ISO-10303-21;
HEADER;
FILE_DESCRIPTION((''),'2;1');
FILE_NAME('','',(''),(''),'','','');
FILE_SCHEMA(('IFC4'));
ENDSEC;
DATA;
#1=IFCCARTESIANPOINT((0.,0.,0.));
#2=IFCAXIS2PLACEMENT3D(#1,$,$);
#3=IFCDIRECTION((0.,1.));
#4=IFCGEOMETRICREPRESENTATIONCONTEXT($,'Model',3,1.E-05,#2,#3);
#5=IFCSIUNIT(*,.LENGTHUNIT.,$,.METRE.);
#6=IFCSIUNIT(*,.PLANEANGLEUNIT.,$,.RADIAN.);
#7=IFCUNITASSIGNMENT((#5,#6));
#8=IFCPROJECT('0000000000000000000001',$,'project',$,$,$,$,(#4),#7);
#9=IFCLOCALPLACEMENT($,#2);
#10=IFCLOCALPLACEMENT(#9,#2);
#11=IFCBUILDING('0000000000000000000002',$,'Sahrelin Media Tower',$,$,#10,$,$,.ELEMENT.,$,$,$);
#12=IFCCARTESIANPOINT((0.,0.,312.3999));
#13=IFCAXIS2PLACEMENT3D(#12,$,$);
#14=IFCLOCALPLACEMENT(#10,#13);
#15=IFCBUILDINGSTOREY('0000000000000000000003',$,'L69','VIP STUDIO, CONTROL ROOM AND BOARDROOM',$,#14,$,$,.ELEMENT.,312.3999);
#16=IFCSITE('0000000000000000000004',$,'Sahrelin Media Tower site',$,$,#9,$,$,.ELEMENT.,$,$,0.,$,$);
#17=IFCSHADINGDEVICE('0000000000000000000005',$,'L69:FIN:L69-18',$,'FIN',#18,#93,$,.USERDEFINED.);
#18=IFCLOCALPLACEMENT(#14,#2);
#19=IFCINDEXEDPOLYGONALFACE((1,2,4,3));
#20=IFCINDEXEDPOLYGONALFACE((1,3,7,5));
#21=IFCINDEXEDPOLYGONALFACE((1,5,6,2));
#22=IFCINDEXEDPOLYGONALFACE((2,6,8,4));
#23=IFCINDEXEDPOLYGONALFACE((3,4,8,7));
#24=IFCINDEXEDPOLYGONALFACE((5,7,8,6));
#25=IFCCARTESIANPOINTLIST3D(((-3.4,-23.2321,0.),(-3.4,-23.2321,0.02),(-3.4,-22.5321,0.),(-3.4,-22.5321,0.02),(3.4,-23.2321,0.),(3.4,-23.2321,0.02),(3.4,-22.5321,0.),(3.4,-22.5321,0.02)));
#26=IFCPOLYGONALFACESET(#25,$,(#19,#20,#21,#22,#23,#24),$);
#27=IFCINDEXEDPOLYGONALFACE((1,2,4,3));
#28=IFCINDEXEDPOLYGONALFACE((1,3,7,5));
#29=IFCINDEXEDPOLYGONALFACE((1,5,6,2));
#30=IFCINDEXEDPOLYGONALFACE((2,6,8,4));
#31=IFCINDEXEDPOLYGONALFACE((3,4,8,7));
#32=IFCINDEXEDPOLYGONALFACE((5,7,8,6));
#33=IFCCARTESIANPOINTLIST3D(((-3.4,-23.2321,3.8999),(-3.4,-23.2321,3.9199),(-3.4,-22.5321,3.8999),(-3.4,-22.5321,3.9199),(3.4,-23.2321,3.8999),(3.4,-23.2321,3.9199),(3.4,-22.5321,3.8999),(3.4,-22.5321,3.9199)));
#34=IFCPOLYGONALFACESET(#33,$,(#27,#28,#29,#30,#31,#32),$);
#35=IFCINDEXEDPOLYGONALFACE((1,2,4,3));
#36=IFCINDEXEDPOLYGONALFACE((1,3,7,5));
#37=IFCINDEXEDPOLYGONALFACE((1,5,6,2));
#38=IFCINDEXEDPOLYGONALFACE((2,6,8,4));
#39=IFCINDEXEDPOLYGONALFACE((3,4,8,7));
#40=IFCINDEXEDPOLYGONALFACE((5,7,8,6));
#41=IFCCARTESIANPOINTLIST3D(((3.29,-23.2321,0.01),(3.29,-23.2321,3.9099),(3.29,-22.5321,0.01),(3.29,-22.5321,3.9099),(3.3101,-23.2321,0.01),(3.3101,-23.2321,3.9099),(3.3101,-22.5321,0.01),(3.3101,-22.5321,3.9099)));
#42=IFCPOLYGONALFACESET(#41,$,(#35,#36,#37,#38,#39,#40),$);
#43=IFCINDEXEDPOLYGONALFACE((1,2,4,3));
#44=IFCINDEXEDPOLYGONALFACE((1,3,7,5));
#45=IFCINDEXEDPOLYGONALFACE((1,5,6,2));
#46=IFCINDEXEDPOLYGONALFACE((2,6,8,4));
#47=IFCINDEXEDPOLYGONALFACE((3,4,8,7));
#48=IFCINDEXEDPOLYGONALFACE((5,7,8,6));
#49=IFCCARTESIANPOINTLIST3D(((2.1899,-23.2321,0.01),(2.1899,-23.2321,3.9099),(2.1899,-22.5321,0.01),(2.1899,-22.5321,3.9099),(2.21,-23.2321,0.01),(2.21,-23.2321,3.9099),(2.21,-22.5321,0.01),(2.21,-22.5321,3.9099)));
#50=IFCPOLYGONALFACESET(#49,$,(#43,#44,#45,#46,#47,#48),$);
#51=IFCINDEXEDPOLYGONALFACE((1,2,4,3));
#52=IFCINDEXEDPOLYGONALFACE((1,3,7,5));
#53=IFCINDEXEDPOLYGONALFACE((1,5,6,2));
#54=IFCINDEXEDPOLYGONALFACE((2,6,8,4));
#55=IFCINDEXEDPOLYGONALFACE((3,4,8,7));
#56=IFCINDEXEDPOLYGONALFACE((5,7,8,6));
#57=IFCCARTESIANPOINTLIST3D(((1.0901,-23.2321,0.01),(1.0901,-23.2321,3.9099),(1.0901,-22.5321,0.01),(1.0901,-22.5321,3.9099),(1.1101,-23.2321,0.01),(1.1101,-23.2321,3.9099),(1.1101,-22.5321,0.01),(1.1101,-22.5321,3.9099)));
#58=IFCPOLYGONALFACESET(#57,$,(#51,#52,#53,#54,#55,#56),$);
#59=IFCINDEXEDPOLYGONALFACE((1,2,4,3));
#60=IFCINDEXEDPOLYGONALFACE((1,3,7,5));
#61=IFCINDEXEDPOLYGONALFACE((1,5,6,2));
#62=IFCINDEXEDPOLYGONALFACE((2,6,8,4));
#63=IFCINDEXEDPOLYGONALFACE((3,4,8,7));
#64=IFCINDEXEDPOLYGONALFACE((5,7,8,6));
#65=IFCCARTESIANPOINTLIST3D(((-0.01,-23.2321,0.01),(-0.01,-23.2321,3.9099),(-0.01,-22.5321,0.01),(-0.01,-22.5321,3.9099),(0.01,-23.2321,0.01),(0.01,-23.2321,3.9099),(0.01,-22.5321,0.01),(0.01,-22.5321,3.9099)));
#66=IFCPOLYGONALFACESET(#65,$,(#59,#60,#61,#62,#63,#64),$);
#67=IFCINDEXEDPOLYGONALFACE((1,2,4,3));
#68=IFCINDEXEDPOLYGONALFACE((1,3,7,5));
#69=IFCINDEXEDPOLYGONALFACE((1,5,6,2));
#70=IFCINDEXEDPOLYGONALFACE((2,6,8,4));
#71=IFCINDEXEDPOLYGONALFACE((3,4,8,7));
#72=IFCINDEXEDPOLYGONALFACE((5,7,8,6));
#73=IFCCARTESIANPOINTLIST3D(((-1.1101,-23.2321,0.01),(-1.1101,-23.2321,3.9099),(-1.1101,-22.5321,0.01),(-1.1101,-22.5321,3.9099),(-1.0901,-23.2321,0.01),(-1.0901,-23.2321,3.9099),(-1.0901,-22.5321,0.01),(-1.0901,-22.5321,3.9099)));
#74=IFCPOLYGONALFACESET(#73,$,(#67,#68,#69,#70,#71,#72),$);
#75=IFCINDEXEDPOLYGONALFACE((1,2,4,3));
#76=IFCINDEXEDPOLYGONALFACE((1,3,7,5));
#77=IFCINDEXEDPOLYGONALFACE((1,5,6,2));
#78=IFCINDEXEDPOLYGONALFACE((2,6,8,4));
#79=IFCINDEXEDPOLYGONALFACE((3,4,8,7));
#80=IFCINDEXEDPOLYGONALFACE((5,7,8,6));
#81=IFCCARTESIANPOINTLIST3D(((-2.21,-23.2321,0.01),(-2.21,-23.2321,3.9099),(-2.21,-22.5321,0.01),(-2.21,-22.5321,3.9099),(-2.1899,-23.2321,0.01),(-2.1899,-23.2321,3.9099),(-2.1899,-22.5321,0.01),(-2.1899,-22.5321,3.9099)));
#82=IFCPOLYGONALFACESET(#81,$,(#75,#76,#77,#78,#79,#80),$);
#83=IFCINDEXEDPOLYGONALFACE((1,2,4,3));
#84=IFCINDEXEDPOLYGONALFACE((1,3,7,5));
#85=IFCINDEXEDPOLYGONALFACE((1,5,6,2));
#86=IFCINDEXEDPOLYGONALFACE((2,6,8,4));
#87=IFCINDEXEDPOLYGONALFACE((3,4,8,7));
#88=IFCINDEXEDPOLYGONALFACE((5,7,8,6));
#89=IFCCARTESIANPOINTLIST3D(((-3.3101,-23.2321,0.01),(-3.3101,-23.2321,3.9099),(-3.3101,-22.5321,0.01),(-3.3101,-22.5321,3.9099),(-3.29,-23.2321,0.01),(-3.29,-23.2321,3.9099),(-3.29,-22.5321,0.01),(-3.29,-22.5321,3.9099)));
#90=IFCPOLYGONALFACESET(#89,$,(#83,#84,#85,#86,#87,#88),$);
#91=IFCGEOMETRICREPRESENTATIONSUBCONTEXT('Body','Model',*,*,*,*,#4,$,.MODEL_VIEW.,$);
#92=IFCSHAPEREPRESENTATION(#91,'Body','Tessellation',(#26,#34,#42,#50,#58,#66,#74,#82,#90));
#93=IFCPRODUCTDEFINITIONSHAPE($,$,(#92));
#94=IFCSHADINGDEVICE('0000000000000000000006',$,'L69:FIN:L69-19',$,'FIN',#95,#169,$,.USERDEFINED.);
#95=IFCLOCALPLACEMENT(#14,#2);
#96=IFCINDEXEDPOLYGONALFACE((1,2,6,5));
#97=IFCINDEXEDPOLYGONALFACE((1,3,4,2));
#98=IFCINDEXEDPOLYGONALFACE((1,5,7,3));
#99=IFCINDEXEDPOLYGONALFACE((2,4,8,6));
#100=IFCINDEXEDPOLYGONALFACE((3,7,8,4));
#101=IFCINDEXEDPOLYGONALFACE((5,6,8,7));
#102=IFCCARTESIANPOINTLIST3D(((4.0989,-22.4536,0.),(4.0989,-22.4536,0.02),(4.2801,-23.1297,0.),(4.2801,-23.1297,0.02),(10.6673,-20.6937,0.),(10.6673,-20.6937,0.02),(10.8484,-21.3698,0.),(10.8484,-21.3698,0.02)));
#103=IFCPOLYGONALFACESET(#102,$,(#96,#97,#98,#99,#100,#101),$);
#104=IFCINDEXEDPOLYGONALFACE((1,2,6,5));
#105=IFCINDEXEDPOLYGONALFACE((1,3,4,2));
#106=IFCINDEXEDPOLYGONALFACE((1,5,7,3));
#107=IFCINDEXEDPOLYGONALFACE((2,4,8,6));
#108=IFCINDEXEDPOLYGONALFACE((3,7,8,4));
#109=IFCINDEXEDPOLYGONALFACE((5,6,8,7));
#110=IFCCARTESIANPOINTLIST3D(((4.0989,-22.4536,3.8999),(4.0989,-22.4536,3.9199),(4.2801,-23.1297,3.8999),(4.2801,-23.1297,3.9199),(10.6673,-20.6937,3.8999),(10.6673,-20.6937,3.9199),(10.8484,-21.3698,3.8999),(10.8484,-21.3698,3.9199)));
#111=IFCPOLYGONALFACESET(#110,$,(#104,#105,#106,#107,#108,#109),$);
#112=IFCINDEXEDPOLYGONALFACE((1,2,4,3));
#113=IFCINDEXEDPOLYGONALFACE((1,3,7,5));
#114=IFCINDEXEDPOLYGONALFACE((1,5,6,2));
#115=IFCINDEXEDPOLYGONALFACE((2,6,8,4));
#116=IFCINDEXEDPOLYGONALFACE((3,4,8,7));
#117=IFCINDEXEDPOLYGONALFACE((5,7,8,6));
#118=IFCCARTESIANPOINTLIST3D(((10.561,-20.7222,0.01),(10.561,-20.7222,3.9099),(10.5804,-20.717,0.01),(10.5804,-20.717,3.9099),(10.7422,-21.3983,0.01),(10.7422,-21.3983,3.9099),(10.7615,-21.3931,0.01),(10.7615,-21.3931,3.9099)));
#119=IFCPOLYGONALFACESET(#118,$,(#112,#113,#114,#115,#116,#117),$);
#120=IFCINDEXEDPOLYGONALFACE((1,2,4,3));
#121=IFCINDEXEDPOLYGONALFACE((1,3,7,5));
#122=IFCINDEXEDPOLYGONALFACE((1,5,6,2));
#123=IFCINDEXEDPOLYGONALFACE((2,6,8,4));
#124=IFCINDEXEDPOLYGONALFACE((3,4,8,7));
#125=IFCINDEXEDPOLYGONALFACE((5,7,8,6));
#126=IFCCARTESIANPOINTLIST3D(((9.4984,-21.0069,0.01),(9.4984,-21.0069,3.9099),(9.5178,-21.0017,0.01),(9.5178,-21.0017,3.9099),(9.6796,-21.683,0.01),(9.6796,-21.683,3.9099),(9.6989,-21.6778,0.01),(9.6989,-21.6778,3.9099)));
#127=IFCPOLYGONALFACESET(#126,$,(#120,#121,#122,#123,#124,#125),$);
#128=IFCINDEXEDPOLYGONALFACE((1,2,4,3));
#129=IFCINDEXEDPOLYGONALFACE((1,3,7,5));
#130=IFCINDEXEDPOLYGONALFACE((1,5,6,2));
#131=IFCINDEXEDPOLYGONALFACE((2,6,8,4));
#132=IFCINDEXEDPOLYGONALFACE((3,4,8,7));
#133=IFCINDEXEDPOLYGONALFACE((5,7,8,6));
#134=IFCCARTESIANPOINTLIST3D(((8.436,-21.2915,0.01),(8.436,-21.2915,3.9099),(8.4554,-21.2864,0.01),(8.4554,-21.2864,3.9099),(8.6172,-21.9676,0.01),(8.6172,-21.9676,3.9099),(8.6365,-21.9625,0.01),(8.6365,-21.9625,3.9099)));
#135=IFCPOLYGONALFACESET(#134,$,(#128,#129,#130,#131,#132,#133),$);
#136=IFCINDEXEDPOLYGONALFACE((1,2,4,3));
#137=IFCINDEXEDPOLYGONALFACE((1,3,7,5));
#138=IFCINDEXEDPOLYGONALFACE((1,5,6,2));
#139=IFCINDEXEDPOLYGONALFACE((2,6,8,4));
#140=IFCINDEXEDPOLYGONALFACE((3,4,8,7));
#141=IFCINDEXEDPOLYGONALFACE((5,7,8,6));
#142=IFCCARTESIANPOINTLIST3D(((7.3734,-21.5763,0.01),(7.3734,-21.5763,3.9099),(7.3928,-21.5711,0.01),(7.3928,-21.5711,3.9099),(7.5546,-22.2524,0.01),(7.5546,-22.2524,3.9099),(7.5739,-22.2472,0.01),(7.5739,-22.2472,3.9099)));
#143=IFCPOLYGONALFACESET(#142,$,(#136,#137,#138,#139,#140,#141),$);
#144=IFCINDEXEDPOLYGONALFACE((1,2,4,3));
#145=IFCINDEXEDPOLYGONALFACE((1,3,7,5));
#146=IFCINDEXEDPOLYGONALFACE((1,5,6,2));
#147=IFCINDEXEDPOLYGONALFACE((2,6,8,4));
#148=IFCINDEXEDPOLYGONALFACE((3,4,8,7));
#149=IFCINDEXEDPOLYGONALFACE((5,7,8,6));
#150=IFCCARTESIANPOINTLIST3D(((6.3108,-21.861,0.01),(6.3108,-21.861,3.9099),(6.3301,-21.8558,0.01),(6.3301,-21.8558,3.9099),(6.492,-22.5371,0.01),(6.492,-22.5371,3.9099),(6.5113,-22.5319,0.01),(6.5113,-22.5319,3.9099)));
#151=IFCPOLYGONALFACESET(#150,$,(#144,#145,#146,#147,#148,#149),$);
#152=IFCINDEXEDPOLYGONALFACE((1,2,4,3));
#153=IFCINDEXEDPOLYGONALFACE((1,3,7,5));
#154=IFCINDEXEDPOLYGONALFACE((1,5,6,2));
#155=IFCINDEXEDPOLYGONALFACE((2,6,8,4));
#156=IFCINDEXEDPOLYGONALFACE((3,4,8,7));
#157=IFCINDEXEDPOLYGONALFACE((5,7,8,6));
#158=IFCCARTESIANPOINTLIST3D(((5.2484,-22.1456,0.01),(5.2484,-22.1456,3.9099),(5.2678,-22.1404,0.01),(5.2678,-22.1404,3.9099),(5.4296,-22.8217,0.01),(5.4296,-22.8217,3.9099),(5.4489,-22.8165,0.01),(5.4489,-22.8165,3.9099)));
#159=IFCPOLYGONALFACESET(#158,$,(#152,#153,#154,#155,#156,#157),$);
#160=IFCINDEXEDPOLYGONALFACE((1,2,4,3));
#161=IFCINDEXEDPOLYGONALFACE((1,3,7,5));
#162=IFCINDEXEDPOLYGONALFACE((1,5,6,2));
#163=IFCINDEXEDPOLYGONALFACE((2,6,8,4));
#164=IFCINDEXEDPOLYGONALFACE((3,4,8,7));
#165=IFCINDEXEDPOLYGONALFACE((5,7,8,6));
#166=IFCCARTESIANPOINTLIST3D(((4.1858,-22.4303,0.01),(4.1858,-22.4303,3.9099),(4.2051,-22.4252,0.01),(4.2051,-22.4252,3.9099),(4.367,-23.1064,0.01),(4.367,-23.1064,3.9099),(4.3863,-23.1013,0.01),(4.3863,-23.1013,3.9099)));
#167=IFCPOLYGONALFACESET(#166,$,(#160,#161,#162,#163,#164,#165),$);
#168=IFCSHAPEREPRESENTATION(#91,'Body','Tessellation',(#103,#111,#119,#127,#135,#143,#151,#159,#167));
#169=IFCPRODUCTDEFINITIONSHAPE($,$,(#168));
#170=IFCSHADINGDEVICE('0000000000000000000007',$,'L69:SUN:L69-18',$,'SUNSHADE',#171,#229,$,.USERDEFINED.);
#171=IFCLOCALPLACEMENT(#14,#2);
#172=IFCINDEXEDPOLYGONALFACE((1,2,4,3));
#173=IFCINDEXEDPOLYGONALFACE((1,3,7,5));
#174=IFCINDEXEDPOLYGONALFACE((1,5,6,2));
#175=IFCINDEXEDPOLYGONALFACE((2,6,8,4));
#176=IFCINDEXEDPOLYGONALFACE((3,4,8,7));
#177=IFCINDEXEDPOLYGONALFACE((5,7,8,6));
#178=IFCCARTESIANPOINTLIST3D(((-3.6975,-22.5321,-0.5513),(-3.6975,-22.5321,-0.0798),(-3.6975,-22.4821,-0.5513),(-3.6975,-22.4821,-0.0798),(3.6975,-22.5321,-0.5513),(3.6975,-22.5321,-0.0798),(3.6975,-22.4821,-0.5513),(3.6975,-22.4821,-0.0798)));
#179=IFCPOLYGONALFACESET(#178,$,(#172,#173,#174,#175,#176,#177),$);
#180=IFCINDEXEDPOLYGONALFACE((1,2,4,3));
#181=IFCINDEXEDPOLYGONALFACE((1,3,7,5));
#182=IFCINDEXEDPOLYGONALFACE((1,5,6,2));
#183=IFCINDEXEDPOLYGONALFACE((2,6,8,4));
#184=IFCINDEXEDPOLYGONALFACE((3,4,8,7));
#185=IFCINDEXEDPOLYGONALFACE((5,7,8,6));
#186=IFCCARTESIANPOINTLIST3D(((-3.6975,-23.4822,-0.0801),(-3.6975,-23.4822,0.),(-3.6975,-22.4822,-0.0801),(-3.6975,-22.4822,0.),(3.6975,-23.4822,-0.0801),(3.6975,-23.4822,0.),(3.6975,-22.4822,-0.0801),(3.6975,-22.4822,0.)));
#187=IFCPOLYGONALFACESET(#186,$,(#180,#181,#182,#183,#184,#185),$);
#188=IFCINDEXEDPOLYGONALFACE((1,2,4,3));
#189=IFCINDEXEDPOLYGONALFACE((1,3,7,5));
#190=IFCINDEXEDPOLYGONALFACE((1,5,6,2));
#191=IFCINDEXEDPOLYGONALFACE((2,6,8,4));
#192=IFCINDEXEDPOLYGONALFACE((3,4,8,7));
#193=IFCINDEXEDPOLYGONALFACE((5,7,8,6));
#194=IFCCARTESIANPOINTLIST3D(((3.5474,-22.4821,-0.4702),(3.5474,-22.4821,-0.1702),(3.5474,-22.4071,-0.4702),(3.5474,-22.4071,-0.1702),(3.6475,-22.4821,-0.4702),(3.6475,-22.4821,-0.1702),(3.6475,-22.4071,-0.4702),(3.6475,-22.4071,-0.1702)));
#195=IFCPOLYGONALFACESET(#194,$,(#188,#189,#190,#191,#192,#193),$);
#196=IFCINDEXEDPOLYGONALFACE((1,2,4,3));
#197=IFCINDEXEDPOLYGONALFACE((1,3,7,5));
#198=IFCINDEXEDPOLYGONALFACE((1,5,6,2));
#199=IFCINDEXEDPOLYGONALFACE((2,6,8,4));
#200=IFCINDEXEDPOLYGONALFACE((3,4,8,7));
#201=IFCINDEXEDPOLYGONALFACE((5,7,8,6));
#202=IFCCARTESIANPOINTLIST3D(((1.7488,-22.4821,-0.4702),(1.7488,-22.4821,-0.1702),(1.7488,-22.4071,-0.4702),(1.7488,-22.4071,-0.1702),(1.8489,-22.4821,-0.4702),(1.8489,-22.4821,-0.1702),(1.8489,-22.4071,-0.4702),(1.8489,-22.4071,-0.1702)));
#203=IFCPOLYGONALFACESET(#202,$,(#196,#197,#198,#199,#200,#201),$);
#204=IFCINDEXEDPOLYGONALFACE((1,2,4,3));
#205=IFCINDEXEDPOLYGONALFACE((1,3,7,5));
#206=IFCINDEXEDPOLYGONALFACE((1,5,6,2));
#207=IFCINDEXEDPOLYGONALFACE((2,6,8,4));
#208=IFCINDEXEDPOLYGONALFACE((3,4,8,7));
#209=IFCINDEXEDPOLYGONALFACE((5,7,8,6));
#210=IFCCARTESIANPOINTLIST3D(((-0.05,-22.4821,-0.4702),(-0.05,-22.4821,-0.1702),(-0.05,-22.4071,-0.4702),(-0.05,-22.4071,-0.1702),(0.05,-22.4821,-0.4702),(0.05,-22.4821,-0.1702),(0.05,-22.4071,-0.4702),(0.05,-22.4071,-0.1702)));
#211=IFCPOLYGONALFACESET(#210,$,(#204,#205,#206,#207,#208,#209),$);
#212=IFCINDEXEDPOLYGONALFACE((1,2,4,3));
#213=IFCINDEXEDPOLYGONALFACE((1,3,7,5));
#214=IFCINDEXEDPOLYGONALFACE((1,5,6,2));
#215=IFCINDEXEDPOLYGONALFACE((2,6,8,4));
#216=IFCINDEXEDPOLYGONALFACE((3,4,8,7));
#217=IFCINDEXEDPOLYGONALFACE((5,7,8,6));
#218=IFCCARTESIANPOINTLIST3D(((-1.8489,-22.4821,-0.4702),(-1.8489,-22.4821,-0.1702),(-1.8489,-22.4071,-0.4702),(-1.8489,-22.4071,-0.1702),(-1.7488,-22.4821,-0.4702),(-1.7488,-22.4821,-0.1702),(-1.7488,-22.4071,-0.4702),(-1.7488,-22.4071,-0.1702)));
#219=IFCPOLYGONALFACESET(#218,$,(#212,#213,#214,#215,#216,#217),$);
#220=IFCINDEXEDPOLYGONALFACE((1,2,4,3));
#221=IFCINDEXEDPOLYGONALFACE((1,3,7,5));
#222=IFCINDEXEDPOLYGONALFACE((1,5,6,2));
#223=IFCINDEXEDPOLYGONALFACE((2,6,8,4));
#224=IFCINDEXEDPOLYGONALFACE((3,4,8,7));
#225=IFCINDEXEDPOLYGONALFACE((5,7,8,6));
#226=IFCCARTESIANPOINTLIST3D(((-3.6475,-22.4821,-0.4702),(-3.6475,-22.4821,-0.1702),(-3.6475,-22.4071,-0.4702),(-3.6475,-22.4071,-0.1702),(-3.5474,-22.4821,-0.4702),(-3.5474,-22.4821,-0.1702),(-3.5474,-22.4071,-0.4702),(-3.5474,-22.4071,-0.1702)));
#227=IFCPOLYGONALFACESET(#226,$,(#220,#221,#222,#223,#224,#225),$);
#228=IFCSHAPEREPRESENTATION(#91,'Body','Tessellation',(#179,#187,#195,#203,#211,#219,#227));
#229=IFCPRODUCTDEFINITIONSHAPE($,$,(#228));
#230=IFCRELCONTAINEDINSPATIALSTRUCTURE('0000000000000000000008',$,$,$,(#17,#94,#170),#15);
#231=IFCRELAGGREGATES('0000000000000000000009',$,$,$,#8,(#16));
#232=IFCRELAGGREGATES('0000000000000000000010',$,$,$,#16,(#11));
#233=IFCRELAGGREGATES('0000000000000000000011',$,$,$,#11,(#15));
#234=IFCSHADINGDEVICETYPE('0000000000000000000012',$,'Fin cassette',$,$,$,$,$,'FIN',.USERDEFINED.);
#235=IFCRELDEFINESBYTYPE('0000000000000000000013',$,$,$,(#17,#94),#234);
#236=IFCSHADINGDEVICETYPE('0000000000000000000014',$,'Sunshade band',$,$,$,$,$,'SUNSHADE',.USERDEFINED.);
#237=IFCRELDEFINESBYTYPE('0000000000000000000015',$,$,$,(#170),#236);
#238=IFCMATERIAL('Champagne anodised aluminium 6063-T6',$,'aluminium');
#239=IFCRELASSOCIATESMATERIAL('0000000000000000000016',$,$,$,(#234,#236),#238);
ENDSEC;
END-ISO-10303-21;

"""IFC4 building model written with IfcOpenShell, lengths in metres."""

from ifc_helpers import new_model, si_unit, direction, frame, origin, origin_2d, place, context, subcontext, project, spatial, rectangle, extrude, material, type_object, element, save


model = new_model("IFC4")

# Units and contexts
model_context = context("Model", 3, precision=1e-05, world=origin(), true_north=direction((0.0, 1.0)))
body_context = subcontext(model_context, "Body", "Model", "MODEL_VIEW")
ifc_project = project(units=[si_unit("LENGTHUNIT", "METRE"), si_unit("PLANEANGLEUNIT", "RADIAN")], contexts=[model_context])

# Site, building, storey
site_placement = place(None, origin())
site = spatial("IfcSite", under=ifc_project, at=site_placement, Name="Sahrelin Media Tower site", CompositionType="ELEMENT", RefElevation=0.0)
building_placement = place(site_placement, origin())
building = spatial("IfcBuilding", under=site, at=building_placement, Name="Sahrelin Media Tower", CompositionType="ELEMENT")
storey_placement = place(building_placement, frame((0.0, 0.0, 312.3999)))
storey = spatial("IfcBuildingStorey", under=building, at=storey_placement, Name="L69", Description="VIP STUDIO, CONTROL ROOM AND BOARDROOM", CompositionType="ELEMENT", Elevation=312.3999)

# Shared definitions
ifc_material_1 = material(Name="Champagne anodised aluminium 6063-T6", Category="aluminium")

# Shading devices
shading_device_type_1 = type_object("IfcShadingDeviceType", Name="Fin cassette", ElementType="FIN", PredefinedType="USERDEFINED", material=ifc_material_1)
placement_1 = place(storey_placement, frame((0.0, -22.4622, 0.0), z_axis=(0.0, 0.0, 1.0), x_axis=(-1.0, 0.0, 0.0)))
element("IfcShadingDevice", 1, at=placement_1, inside=storey, type_object=shading_device_type_1, Name="L69:FIN:L69-18", ObjectType="FIN", PredefinedType="USERDEFINED", context=body_context, shape_type="SweptSolid", body=[
    extrude(rectangle(XDim=6.8, YDim=0.7, at=origin_2d()), frame((0.0, 0.4199, 0.0)), (0.0, 0.0, 1.0), 0.02),
    extrude(rectangle(XDim=6.8, YDim=0.7, at=origin_2d()), frame((0.0, 0.4199, 3.8999)), (0.0, 0.0, 1.0), 0.02),
    extrude(rectangle(XDim=0.02, YDim=0.7, at=origin_2d()), frame((-3.3, 0.4199, 0.01), z_axis=(0.0, 0.0, 1.0), x_axis=(1.0, 0.0, 0.0)), (0.0, 0.0, 1.0), 3.8999),
    extrude(rectangle(XDim=0.02, YDim=0.7, at=origin_2d()), frame((-2.2, 0.4199, 0.01), z_axis=(0.0, 0.0, 1.0), x_axis=(1.0, 0.0, 0.0)), (0.0, 0.0, 1.0), 3.8999),
    extrude(rectangle(XDim=0.02, YDim=0.7, at=origin_2d()), frame((-1.1001, 0.4199, 0.01), z_axis=(0.0, 0.0, 1.0), x_axis=(1.0, 0.0, 0.0)), (0.0, 0.0, 1.0), 3.8999),
    extrude(rectangle(XDim=0.02, YDim=0.7, at=origin_2d()), frame((0.0, 0.4199, 0.01), z_axis=(0.0, 0.0, 1.0), x_axis=(1.0, 0.0, 0.0)), (0.0, 0.0, 1.0), 3.8999),
    extrude(rectangle(XDim=0.02, YDim=0.7, at=origin_2d()), frame((1.1001, 0.4199, 0.01), z_axis=(0.0, 0.0, 1.0), x_axis=(1.0, 0.0, 0.0)), (0.0, 0.0, 1.0), 3.8999),
    extrude(rectangle(XDim=0.02, YDim=0.7, at=origin_2d()), frame((2.2, 0.4199, 0.01), z_axis=(0.0, 0.0, 1.0), x_axis=(1.0, 0.0, 0.0)), (0.0, 0.0, 1.0), 3.8999),
    extrude(rectangle(XDim=0.02, YDim=0.7, at=origin_2d()), frame((3.3, 0.4199, 0.01), z_axis=(0.0, 0.0, 1.0), x_axis=(1.0, 0.0, 0.0)), (0.0, 0.0, 1.0), 3.8999),
])
placement_2 = place(storey_placement, frame((7.365, -21.5061, 0.0), z_axis=(0.0, 0.0, 1.0), x_axis=(-0.965929, -0.258808, 0.0)))
element("IfcShadingDevice", 2, at=placement_2, inside=storey, type_object=shading_device_type_1, Name="L69:FIN:L69-19", ObjectType="FIN", PredefinedType="USERDEFINED", context=body_context, shape_type="SweptSolid", body=[
    extrude(rectangle(XDim=6.8, YDim=0.7, at=origin_2d()), frame((0.0, 0.4199, 0.0)), (0.0, 0.0, 1.0), 0.02),
    extrude(rectangle(XDim=6.8, YDim=0.7, at=origin_2d()), frame((0.0, 0.4199, 3.8999)), (0.0, 0.0, 1.0), 0.02),
    extrude(rectangle(XDim=0.02, YDim=0.7, at=origin_2d()), frame((-3.3, 0.4199, 0.01), z_axis=(0.0, 0.0, 1.0), x_axis=(1.0, 0.0, 0.0)), (0.0, 0.0, 1.0), 3.8999),
    extrude(rectangle(XDim=0.02, YDim=0.7, at=origin_2d()), frame((-2.2, 0.4199, 0.01), z_axis=(0.0, 0.0, 1.0), x_axis=(1.0, 0.0, 0.0)), (0.0, 0.0, 1.0), 3.8999),
    extrude(rectangle(XDim=0.02, YDim=0.7, at=origin_2d()), frame((-1.1001, 0.4199, 0.01), z_axis=(0.0, 0.0, 1.0), x_axis=(1.0, 0.0, 0.0)), (0.0, 0.0, 1.0), 3.8999),
    extrude(rectangle(XDim=0.02, YDim=0.7, at=origin_2d()), frame((0.0, 0.4199, 0.01), z_axis=(0.0, 0.0, 1.0), x_axis=(1.0, 0.0, 0.0)), (0.0, 0.0, 1.0), 3.8999),
    extrude(rectangle(XDim=0.02, YDim=0.7, at=origin_2d()), frame((1.1001, 0.4199, 0.01), z_axis=(0.0, 0.0, 1.0), x_axis=(1.0, 0.0, 0.0)), (0.0, 0.0, 1.0), 3.8999),
    extrude(rectangle(XDim=0.02, YDim=0.7, at=origin_2d()), frame((2.2, 0.4199, 0.01), z_axis=(0.0, 0.0, 1.0), x_axis=(1.0, 0.0, 0.0)), (0.0, 0.0, 1.0), 3.8999),
    extrude(rectangle(XDim=0.02, YDim=0.7, at=origin_2d()), frame((3.3, 0.4199, 0.01), z_axis=(0.0, 0.0, 1.0), x_axis=(1.0, 0.0, 0.0)), (0.0, 0.0, 1.0), 3.8999),
])

# Shading device
shading_device_type_2 = type_object("IfcShadingDeviceType", Name="Sunshade band", ElementType="SUNSHADE", PredefinedType="USERDEFINED", material=ifc_material_1)
element("IfcShadingDevice", 3, at=placement_1, inside=storey, type_object=shading_device_type_2, Name="L69:SUN:L69-18", ObjectType="SUNSHADE", PredefinedType="USERDEFINED", context=body_context, shape_type="SweptSolid", body=[
    extrude(rectangle(XDim=7.395, YDim=0.05, at=origin_2d()), frame((0.0, 0.0449, -0.5513)), (0.0, 0.0, 1.0), 0.4714),
    extrude(rectangle(XDim=7.395, YDim=1.0, at=origin_2d()), frame((0.0, 0.52, -0.0801)), (0.0, 0.0, 1.0), 0.0801),
    extrude(rectangle(XDim=0.1001, YDim=0.075, at=origin_2d()), frame((-3.5974, -0.0176, -0.4702)), (0.0, 0.0, 1.0), 0.3),
    extrude(rectangle(XDim=0.1001, YDim=0.075, at=origin_2d()), frame((-1.7988, -0.0176, -0.4702)), (0.0, 0.0, 1.0), 0.3),
    extrude(rectangle(XDim=0.1001, YDim=0.075, at=origin_2d()), frame((0.0, -0.0176, -0.4702)), (0.0, 0.0, 1.0), 0.3),
    extrude(rectangle(XDim=0.1001, YDim=0.075, at=origin_2d()), frame((1.7988, -0.0176, -0.4702)), (0.0, 0.0, 1.0), 0.3),
    extrude(rectangle(XDim=0.1001, YDim=0.075, at=origin_2d()), frame((3.5974, -0.0176, -0.4702)), (0.0, 0.0, 1.0), 0.3),
])

save(model, "model.ifc")
